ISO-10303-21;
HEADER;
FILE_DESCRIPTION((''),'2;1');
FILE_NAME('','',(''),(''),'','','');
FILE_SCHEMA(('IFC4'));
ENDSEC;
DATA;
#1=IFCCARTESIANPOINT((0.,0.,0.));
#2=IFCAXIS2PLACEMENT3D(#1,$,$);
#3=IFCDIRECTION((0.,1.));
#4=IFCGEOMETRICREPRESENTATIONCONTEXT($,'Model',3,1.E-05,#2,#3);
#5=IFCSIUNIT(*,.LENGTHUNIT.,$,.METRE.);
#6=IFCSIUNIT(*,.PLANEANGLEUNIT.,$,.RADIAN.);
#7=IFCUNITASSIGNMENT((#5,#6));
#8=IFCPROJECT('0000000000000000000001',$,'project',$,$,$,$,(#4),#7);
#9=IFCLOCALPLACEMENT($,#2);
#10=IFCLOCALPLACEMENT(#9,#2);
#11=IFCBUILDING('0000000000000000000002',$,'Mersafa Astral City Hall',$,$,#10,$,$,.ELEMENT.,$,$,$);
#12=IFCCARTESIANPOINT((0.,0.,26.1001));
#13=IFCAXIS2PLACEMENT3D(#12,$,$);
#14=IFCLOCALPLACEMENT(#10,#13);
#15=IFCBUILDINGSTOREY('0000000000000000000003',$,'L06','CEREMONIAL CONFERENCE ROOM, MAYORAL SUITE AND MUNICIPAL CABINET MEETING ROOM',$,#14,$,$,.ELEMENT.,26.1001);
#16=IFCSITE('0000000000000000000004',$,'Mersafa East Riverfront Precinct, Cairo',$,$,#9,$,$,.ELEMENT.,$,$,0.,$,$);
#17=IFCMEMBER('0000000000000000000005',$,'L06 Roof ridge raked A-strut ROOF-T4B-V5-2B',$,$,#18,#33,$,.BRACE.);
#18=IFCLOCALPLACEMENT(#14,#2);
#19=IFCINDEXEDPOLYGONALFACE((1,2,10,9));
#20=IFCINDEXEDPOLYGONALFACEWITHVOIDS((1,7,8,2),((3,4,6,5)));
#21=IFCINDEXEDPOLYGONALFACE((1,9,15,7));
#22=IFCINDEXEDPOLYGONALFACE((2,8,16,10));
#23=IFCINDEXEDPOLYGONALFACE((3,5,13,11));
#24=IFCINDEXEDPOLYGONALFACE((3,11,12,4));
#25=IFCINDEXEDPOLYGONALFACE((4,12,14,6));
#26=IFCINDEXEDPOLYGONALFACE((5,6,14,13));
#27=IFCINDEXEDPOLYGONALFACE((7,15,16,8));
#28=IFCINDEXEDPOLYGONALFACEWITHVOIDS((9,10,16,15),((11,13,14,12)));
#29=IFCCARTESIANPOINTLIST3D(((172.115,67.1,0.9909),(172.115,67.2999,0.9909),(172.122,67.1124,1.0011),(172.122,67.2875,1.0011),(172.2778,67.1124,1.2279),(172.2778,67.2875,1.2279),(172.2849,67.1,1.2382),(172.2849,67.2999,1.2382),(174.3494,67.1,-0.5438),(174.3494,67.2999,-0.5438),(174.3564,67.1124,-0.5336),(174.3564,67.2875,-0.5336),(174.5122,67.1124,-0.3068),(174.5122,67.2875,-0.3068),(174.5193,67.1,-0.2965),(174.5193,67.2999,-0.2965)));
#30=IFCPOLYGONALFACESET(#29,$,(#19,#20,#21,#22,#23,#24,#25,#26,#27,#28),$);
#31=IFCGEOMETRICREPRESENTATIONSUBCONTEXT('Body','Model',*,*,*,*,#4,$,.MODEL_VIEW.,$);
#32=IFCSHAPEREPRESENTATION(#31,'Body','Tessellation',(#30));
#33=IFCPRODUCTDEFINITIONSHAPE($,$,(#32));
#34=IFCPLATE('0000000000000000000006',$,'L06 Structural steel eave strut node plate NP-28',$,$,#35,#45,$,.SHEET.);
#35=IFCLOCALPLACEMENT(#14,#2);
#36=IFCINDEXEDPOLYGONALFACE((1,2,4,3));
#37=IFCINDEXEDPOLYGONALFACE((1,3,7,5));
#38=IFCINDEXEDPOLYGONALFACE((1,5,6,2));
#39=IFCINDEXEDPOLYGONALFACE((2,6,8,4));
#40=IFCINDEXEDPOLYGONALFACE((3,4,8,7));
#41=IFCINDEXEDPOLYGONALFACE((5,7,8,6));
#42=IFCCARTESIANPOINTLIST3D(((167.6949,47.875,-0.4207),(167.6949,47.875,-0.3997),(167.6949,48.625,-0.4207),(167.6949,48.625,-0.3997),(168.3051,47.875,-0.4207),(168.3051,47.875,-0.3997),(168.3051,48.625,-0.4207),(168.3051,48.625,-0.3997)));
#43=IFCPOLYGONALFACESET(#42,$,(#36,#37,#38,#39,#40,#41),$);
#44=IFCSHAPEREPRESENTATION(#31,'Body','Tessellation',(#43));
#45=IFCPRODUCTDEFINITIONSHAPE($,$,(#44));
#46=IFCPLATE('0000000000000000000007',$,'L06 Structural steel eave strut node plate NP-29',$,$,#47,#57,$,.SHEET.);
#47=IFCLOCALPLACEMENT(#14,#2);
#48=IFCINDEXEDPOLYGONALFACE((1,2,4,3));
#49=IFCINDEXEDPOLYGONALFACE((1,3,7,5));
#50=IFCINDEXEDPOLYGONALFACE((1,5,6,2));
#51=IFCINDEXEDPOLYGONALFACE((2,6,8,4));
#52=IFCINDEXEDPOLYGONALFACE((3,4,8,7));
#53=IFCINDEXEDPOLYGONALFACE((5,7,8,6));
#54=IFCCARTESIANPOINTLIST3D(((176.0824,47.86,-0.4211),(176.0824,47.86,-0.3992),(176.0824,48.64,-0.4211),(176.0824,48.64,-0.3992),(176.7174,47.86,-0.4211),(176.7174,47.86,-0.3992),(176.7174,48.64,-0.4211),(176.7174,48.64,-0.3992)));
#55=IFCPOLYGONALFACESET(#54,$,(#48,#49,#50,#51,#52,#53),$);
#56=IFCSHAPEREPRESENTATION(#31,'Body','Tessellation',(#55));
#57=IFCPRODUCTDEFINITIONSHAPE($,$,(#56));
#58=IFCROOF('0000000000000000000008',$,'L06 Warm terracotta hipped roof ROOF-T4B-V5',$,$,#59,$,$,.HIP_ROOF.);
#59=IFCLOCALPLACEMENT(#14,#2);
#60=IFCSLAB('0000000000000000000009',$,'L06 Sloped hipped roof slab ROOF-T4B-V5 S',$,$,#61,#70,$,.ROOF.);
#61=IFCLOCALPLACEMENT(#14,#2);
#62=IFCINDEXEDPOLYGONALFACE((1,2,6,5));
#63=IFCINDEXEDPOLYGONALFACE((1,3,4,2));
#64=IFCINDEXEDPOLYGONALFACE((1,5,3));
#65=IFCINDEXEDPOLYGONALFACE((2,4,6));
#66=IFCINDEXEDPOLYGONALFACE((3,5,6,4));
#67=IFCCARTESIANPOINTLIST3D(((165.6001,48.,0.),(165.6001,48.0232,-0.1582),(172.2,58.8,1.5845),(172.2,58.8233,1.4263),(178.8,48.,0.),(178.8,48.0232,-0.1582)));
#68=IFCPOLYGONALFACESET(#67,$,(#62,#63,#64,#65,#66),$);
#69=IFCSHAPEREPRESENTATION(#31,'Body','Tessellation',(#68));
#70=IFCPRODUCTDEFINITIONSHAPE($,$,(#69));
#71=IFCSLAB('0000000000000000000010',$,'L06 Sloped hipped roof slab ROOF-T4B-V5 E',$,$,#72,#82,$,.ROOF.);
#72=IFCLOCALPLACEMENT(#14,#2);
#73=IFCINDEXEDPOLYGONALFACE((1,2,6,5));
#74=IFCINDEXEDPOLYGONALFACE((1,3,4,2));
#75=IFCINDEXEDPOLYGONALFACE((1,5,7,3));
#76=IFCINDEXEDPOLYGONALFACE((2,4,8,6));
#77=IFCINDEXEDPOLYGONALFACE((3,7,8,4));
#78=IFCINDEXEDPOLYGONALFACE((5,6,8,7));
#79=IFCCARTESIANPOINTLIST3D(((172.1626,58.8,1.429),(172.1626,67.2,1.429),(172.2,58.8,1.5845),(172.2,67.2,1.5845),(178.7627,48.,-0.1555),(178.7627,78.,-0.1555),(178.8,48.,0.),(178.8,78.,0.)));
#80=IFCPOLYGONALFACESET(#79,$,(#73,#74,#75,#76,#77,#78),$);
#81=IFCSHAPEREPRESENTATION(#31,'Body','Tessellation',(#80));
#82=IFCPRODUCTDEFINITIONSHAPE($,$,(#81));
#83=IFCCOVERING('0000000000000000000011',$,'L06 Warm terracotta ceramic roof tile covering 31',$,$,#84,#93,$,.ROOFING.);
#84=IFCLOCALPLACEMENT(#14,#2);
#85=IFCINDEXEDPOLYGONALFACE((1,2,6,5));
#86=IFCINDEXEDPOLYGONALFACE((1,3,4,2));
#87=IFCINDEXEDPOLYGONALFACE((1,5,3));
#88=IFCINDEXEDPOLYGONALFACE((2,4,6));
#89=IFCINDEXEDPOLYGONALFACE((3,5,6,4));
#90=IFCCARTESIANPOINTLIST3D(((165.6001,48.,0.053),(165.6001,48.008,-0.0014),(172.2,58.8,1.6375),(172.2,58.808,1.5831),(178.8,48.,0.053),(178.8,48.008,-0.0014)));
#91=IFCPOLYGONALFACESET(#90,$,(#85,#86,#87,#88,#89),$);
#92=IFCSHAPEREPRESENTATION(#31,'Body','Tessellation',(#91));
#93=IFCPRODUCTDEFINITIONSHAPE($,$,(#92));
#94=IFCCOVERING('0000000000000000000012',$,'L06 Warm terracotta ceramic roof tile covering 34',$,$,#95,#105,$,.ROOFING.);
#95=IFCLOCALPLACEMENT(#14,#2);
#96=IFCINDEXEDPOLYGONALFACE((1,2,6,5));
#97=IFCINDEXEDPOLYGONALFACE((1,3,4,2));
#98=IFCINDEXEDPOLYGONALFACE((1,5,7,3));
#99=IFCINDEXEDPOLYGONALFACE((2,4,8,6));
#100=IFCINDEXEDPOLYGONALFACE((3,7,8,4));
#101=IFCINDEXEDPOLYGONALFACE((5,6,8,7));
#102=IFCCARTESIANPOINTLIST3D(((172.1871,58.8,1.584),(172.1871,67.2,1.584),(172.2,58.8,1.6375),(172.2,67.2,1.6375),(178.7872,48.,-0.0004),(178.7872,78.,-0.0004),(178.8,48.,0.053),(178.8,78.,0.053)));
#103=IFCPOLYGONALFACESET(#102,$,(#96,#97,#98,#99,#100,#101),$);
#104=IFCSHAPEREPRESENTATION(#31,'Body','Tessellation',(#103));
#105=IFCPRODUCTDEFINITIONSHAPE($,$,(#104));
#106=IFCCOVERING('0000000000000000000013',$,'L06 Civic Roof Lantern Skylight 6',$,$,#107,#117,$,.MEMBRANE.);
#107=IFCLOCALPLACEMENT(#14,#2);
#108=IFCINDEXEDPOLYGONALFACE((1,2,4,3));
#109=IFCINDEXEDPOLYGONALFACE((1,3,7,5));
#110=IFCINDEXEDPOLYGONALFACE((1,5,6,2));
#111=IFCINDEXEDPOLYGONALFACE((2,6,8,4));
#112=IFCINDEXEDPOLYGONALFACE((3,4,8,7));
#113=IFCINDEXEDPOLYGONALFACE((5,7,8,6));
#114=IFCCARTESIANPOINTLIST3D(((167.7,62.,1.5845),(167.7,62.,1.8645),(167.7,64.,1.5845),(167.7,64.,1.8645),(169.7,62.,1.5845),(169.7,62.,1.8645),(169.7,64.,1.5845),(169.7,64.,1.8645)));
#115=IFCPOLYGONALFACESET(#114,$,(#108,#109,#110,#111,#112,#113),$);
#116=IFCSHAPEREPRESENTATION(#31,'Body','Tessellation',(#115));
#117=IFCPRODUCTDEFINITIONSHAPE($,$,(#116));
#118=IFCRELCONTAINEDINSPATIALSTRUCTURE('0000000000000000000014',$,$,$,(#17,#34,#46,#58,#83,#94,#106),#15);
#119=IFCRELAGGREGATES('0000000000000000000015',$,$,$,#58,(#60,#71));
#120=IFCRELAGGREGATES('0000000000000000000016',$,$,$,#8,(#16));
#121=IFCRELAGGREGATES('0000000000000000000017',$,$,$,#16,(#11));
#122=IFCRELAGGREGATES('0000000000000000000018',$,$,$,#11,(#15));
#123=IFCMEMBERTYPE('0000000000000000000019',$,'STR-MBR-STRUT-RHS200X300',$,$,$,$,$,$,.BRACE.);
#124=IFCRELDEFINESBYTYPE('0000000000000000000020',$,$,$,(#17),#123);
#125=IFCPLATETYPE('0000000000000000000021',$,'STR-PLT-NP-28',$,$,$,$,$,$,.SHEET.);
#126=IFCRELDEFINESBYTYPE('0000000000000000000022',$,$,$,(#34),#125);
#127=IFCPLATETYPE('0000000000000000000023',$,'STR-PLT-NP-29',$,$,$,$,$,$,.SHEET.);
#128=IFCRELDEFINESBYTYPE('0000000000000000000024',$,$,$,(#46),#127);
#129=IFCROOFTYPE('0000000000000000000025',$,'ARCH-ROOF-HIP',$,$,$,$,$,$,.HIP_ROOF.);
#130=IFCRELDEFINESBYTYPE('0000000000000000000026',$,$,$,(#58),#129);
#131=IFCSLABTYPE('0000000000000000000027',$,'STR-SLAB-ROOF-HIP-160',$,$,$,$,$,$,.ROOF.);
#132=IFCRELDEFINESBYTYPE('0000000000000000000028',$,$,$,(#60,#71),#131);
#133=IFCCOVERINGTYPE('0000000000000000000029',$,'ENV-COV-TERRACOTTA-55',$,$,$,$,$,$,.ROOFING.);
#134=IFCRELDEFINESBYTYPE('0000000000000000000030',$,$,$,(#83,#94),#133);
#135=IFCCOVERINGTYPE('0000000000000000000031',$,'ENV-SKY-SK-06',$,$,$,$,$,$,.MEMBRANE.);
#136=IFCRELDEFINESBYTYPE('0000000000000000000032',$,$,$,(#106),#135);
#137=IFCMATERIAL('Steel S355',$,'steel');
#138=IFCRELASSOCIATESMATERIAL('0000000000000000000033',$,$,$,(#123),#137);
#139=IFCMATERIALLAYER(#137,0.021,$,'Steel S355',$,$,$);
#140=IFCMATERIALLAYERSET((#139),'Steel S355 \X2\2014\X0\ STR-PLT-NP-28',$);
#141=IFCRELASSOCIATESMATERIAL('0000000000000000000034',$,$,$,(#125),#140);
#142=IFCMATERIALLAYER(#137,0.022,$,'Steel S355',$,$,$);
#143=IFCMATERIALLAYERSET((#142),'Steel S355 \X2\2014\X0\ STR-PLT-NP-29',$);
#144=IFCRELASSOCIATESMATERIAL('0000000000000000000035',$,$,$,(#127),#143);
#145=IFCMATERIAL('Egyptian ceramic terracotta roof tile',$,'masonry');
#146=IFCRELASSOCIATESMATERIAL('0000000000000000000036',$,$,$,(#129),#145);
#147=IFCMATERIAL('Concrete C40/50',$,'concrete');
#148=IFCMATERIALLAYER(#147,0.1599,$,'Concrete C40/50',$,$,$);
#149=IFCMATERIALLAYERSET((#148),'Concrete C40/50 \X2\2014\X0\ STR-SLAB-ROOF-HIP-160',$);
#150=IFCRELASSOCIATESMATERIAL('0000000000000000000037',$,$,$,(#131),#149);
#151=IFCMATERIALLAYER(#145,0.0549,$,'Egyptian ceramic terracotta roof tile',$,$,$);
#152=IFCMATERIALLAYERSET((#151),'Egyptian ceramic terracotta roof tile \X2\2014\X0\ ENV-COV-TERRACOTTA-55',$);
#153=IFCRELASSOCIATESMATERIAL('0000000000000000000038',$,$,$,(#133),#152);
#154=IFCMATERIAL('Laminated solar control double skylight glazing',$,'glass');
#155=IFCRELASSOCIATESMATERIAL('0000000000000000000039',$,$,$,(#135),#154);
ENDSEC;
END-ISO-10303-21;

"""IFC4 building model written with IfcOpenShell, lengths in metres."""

from ifc_helpers import new_model, si_unit, direction, frame, origin, origin_2d, place, context, subcontext, project, spatial, polyline, rectangle, hollow_rectangle, outline, extrude, material, layer, layer_set, material_profile, profile_set, type_object, element, aggregate, save


model = new_model("IFC4")

# Units and contexts
model_context = context("Model", 3, precision=1e-05, world=origin(), true_north=direction((0.0, 1.0)))
body_context = subcontext(model_context, "Body", "Model", "MODEL_VIEW")
ifc_project = project(units=[si_unit("LENGTHUNIT", "METRE"), si_unit("PLANEANGLEUNIT", "RADIAN")], contexts=[model_context])

# Site, building, storey
site_placement = place(None, origin())
site = spatial("IfcSite", under=ifc_project, at=site_placement, Name="Mersafa East Riverfront Precinct, Cairo", CompositionType="ELEMENT", RefElevation=0.0)
building_placement = place(site_placement, origin())
building = spatial("IfcBuilding", under=site, at=building_placement, Name="Mersafa Astral City Hall", CompositionType="ELEMENT")
storey_placement = place(building_placement, frame((0.0, 0.0, 26.1001)))
storey = spatial("IfcBuildingStorey", under=building, at=storey_placement, Name="L06", Description="CEREMONIAL CONFERENCE ROOM, MAYORAL SUITE AND MUNICIPAL CABINET MEETING ROOM", CompositionType="ELEMENT", Elevation=26.1001)

# Shared definitions
ifc_material_1 = material(Name="Steel S355", Category="steel")

# Member
ifc_material_profile_1 = material_profile(ifc_material_1, hollow_rectangle(XDim=0.2, YDim=0.3, WallThickness=0.0125, at=origin_2d()), Name="RHS 200x300x12.5")
ifc_profile_set_1 = profile_set([ifc_material_profile_1], Name="Steel S355")
member_type_1 = type_object("IfcMemberType", Name="STR-MBR-STRUT-RHS200X300", PredefinedType="BRACE", material=ifc_profile_set_1)
member_1_placement = place(storey_placement, frame((174.4343, 67.2, -0.4202), z_axis=(-0.824294, 0.0, 0.566162), x_axis=(0.0, -1.0, 0.0)))
element("IfcMember", 1, at=member_1_placement, inside=storey, type_object=member_type_1, Name="L06 Roof ridge raked A-strut ROOF-T4B-V5-2B", PredefinedType="BRACE", context=body_context, shape_type="SweptSolid", body=[
    extrude(hollow_rectangle(XDim=0.2, YDim=0.3, WallThickness=0.0125, at=origin_2d()), origin(), (0.0, 0.0, 1.0), 2.7107),
])

# Plates
ifc_layer_1 = layer(ifc_material_1, 0.021, Name="Steel S355")
ifc_layer_set_1 = layer_set([ifc_layer_1], Name="Steel S355 — STR-PLT-NP-28")
plate_type_1 = type_object("IfcPlateType", Name="STR-PLT-NP-28", PredefinedType="SHEET", material=ifc_layer_set_1)
plate_1_placement = place(storey_placement, frame((168.0, 48.25, -0.4207), z_axis=(0.0, 0.0, 1.0), x_axis=(1.0, 0.0, 0.0)))
element("IfcPlate", 2, at=plate_1_placement, inside=storey, type_object=plate_type_1, Name="L06 Structural steel eave strut node plate NP-28", PredefinedType="SHEET", context=body_context, shape_type="SweptSolid", body=[
    extrude(rectangle(XDim=0.6101, YDim=0.75, at=origin_2d()), origin(), (0.0, 0.0, 1.0), 0.021),
])
ifc_layer_2 = layer(ifc_material_1, 0.022, Name="Steel S355")
ifc_layer_set_2 = layer_set([ifc_layer_2], Name="Steel S355 — STR-PLT-NP-29")
plate_type_2 = type_object("IfcPlateType", Name="STR-PLT-NP-29", PredefinedType="SHEET", material=ifc_layer_set_2)
plate_2_placement = place(storey_placement, frame((176.3999, 48.25, -0.4211), z_axis=(0.0, 0.0, 1.0), x_axis=(1.0, 0.0, 0.0)))
element("IfcPlate", 3, at=plate_2_placement, inside=storey, type_object=plate_type_2, Name="L06 Structural steel eave strut node plate NP-29", PredefinedType="SHEET", context=body_context, shape_type="SweptSolid", body=[
    extrude(rectangle(XDim=0.635, YDim=0.78, at=origin_2d()), origin(), (0.0, 0.0, 1.0), 0.022),
])

# Roof, slabs
ifc_material_2 = material(Name="Egyptian ceramic terracotta roof tile", Category="masonry")
roof_type = type_object("IfcRoofType", Name="ARCH-ROOF-HIP", PredefinedType="HIP_ROOF", material=ifc_material_2)
roof_placement = place(storey_placement, origin())
roof = element("IfcRoof", 4, at=roof_placement, inside=storey, type_object=roof_type, Name="L06 Warm terracotta hipped roof ROOF-T4B-V5", PredefinedType="HIP_ROOF")
ifc_material_3 = material(Name="Concrete C40/50", Category="concrete")
ifc_layer_3 = layer(ifc_material_3, 0.1599, Name="Concrete C40/50")
ifc_layer_set_3 = layer_set([ifc_layer_3], Name="Concrete C40/50 — STR-SLAB-ROOF-HIP-160")
slab_type = type_object("IfcSlabType", Name="STR-SLAB-ROOF-HIP-160", PredefinedType="ROOF", material=ifc_layer_set_3)
slab_1_placement = place(storey_placement, frame((165.6001, 48.0, 0.0), z_axis=(0.0, -0.145156, 0.989409), x_axis=(1.0, 0.0, 0.0)))
slab_1 = element("IfcSlab", 5, at=slab_1_placement, type_object=slab_type, Name="L06 Sloped hipped roof slab ROOF-T4B-V5 S", PredefinedType="ROOF", context=body_context, shape_type="SweptSolid", body=[
    extrude(outline(polyline([(0.0, 0.0), (13.2, 0.0), (6.5999, 10.9157), (0.0, 0.0)])), origin(), (0.0, 0.0, -1.0), 0.1599),
])
slab_2_placement = place(storey_placement, frame((178.8, 48.0, 0.0), z_axis=(0.233436, 0.0, 0.972372), x_axis=(0.0, 1.0, 0.0)))
slab_2 = element("IfcSlab", 6, at=slab_2_placement, type_object=slab_type, Name="L06 Sloped hipped roof slab ROOF-T4B-V5 E", PredefinedType="ROOF", context=body_context, shape_type="SweptSolid", body=[
    extrude(outline(polyline([(0.0, 0.0), (30.0, 0.0), (19.2, 6.7876), (10.8, 6.7876), (0.0, 0.0)])), origin(), (0.0, 0.0, -1.0), 0.1599),
])
aggregate(roof, [slab_1, slab_2])

# Coverings
ifc_layer_4 = layer(ifc_material_2, 0.0549, Name="Egyptian ceramic terracotta roof tile")
ifc_layer_set_4 = layer_set([ifc_layer_4], Name="Egyptian ceramic terracotta roof tile — ENV-COV-TERRACOTTA-55")
covering_type_1 = type_object("IfcCoveringType", Name="ENV-COV-TERRACOTTA-55", PredefinedType="ROOFING", material=ifc_layer_set_4)
covering_1_placement = place(storey_placement, frame((165.6001, 48.0, 0.053), z_axis=(0.0, -0.145156, 0.989409), x_axis=(1.0, 0.0, 0.0)))
element("IfcCovering", 7, at=covering_1_placement, inside=storey, type_object=covering_type_1, Name="L06 Warm terracotta ceramic roof tile covering 31", PredefinedType="ROOFING", context=body_context, shape_type="SweptSolid", body=[
    extrude(outline(polyline([(0.0, 0.0), (13.2, 0.0), (6.5999, 10.9157), (0.0, 0.0)])), origin(), (0.0, 0.0, -1.0), 0.0549),
])
covering_2_placement = place(storey_placement, frame((178.8, 48.0, 0.053), z_axis=(0.233436, 0.0, 0.972372), x_axis=(0.0, 1.0, 0.0)))
element("IfcCovering", 8, at=covering_2_placement, inside=storey, type_object=covering_type_1, Name="L06 Warm terracotta ceramic roof tile covering 34", PredefinedType="ROOFING", context=body_context, shape_type="SweptSolid", body=[
    extrude(outline(polyline([(0.0, 0.0), (30.0, 0.0), (19.2, 6.7876), (10.8, 6.7876), (0.0, 0.0)])), origin(), (0.0, 0.0, -1.0), 0.0549),
])
ifc_material_4 = material(Name="Laminated solar control double skylight glazing", Category="glass")
covering_type_2 = type_object("IfcCoveringType", Name="ENV-SKY-SK-06", PredefinedType="MEMBRANE", material=ifc_material_4)
covering_3_placement = place(storey_placement, frame((168.7, 63.0, 1.5845), z_axis=(0.0, 0.0, 1.0), x_axis=(1.0, 0.0, 0.0)))
element("IfcCovering", 9, at=covering_3_placement, inside=storey, type_object=covering_type_2, Name="L06 Civic Roof Lantern Skylight 6", PredefinedType="MEMBRANE", context=body_context, shape_type="SweptSolid", body=[
    extrude(rectangle(XDim=2.0, YDim=2.0, at=origin_2d()), origin(), (0.0, 0.0, 1.0), 0.28),
])

save(model, "model.ifc")
